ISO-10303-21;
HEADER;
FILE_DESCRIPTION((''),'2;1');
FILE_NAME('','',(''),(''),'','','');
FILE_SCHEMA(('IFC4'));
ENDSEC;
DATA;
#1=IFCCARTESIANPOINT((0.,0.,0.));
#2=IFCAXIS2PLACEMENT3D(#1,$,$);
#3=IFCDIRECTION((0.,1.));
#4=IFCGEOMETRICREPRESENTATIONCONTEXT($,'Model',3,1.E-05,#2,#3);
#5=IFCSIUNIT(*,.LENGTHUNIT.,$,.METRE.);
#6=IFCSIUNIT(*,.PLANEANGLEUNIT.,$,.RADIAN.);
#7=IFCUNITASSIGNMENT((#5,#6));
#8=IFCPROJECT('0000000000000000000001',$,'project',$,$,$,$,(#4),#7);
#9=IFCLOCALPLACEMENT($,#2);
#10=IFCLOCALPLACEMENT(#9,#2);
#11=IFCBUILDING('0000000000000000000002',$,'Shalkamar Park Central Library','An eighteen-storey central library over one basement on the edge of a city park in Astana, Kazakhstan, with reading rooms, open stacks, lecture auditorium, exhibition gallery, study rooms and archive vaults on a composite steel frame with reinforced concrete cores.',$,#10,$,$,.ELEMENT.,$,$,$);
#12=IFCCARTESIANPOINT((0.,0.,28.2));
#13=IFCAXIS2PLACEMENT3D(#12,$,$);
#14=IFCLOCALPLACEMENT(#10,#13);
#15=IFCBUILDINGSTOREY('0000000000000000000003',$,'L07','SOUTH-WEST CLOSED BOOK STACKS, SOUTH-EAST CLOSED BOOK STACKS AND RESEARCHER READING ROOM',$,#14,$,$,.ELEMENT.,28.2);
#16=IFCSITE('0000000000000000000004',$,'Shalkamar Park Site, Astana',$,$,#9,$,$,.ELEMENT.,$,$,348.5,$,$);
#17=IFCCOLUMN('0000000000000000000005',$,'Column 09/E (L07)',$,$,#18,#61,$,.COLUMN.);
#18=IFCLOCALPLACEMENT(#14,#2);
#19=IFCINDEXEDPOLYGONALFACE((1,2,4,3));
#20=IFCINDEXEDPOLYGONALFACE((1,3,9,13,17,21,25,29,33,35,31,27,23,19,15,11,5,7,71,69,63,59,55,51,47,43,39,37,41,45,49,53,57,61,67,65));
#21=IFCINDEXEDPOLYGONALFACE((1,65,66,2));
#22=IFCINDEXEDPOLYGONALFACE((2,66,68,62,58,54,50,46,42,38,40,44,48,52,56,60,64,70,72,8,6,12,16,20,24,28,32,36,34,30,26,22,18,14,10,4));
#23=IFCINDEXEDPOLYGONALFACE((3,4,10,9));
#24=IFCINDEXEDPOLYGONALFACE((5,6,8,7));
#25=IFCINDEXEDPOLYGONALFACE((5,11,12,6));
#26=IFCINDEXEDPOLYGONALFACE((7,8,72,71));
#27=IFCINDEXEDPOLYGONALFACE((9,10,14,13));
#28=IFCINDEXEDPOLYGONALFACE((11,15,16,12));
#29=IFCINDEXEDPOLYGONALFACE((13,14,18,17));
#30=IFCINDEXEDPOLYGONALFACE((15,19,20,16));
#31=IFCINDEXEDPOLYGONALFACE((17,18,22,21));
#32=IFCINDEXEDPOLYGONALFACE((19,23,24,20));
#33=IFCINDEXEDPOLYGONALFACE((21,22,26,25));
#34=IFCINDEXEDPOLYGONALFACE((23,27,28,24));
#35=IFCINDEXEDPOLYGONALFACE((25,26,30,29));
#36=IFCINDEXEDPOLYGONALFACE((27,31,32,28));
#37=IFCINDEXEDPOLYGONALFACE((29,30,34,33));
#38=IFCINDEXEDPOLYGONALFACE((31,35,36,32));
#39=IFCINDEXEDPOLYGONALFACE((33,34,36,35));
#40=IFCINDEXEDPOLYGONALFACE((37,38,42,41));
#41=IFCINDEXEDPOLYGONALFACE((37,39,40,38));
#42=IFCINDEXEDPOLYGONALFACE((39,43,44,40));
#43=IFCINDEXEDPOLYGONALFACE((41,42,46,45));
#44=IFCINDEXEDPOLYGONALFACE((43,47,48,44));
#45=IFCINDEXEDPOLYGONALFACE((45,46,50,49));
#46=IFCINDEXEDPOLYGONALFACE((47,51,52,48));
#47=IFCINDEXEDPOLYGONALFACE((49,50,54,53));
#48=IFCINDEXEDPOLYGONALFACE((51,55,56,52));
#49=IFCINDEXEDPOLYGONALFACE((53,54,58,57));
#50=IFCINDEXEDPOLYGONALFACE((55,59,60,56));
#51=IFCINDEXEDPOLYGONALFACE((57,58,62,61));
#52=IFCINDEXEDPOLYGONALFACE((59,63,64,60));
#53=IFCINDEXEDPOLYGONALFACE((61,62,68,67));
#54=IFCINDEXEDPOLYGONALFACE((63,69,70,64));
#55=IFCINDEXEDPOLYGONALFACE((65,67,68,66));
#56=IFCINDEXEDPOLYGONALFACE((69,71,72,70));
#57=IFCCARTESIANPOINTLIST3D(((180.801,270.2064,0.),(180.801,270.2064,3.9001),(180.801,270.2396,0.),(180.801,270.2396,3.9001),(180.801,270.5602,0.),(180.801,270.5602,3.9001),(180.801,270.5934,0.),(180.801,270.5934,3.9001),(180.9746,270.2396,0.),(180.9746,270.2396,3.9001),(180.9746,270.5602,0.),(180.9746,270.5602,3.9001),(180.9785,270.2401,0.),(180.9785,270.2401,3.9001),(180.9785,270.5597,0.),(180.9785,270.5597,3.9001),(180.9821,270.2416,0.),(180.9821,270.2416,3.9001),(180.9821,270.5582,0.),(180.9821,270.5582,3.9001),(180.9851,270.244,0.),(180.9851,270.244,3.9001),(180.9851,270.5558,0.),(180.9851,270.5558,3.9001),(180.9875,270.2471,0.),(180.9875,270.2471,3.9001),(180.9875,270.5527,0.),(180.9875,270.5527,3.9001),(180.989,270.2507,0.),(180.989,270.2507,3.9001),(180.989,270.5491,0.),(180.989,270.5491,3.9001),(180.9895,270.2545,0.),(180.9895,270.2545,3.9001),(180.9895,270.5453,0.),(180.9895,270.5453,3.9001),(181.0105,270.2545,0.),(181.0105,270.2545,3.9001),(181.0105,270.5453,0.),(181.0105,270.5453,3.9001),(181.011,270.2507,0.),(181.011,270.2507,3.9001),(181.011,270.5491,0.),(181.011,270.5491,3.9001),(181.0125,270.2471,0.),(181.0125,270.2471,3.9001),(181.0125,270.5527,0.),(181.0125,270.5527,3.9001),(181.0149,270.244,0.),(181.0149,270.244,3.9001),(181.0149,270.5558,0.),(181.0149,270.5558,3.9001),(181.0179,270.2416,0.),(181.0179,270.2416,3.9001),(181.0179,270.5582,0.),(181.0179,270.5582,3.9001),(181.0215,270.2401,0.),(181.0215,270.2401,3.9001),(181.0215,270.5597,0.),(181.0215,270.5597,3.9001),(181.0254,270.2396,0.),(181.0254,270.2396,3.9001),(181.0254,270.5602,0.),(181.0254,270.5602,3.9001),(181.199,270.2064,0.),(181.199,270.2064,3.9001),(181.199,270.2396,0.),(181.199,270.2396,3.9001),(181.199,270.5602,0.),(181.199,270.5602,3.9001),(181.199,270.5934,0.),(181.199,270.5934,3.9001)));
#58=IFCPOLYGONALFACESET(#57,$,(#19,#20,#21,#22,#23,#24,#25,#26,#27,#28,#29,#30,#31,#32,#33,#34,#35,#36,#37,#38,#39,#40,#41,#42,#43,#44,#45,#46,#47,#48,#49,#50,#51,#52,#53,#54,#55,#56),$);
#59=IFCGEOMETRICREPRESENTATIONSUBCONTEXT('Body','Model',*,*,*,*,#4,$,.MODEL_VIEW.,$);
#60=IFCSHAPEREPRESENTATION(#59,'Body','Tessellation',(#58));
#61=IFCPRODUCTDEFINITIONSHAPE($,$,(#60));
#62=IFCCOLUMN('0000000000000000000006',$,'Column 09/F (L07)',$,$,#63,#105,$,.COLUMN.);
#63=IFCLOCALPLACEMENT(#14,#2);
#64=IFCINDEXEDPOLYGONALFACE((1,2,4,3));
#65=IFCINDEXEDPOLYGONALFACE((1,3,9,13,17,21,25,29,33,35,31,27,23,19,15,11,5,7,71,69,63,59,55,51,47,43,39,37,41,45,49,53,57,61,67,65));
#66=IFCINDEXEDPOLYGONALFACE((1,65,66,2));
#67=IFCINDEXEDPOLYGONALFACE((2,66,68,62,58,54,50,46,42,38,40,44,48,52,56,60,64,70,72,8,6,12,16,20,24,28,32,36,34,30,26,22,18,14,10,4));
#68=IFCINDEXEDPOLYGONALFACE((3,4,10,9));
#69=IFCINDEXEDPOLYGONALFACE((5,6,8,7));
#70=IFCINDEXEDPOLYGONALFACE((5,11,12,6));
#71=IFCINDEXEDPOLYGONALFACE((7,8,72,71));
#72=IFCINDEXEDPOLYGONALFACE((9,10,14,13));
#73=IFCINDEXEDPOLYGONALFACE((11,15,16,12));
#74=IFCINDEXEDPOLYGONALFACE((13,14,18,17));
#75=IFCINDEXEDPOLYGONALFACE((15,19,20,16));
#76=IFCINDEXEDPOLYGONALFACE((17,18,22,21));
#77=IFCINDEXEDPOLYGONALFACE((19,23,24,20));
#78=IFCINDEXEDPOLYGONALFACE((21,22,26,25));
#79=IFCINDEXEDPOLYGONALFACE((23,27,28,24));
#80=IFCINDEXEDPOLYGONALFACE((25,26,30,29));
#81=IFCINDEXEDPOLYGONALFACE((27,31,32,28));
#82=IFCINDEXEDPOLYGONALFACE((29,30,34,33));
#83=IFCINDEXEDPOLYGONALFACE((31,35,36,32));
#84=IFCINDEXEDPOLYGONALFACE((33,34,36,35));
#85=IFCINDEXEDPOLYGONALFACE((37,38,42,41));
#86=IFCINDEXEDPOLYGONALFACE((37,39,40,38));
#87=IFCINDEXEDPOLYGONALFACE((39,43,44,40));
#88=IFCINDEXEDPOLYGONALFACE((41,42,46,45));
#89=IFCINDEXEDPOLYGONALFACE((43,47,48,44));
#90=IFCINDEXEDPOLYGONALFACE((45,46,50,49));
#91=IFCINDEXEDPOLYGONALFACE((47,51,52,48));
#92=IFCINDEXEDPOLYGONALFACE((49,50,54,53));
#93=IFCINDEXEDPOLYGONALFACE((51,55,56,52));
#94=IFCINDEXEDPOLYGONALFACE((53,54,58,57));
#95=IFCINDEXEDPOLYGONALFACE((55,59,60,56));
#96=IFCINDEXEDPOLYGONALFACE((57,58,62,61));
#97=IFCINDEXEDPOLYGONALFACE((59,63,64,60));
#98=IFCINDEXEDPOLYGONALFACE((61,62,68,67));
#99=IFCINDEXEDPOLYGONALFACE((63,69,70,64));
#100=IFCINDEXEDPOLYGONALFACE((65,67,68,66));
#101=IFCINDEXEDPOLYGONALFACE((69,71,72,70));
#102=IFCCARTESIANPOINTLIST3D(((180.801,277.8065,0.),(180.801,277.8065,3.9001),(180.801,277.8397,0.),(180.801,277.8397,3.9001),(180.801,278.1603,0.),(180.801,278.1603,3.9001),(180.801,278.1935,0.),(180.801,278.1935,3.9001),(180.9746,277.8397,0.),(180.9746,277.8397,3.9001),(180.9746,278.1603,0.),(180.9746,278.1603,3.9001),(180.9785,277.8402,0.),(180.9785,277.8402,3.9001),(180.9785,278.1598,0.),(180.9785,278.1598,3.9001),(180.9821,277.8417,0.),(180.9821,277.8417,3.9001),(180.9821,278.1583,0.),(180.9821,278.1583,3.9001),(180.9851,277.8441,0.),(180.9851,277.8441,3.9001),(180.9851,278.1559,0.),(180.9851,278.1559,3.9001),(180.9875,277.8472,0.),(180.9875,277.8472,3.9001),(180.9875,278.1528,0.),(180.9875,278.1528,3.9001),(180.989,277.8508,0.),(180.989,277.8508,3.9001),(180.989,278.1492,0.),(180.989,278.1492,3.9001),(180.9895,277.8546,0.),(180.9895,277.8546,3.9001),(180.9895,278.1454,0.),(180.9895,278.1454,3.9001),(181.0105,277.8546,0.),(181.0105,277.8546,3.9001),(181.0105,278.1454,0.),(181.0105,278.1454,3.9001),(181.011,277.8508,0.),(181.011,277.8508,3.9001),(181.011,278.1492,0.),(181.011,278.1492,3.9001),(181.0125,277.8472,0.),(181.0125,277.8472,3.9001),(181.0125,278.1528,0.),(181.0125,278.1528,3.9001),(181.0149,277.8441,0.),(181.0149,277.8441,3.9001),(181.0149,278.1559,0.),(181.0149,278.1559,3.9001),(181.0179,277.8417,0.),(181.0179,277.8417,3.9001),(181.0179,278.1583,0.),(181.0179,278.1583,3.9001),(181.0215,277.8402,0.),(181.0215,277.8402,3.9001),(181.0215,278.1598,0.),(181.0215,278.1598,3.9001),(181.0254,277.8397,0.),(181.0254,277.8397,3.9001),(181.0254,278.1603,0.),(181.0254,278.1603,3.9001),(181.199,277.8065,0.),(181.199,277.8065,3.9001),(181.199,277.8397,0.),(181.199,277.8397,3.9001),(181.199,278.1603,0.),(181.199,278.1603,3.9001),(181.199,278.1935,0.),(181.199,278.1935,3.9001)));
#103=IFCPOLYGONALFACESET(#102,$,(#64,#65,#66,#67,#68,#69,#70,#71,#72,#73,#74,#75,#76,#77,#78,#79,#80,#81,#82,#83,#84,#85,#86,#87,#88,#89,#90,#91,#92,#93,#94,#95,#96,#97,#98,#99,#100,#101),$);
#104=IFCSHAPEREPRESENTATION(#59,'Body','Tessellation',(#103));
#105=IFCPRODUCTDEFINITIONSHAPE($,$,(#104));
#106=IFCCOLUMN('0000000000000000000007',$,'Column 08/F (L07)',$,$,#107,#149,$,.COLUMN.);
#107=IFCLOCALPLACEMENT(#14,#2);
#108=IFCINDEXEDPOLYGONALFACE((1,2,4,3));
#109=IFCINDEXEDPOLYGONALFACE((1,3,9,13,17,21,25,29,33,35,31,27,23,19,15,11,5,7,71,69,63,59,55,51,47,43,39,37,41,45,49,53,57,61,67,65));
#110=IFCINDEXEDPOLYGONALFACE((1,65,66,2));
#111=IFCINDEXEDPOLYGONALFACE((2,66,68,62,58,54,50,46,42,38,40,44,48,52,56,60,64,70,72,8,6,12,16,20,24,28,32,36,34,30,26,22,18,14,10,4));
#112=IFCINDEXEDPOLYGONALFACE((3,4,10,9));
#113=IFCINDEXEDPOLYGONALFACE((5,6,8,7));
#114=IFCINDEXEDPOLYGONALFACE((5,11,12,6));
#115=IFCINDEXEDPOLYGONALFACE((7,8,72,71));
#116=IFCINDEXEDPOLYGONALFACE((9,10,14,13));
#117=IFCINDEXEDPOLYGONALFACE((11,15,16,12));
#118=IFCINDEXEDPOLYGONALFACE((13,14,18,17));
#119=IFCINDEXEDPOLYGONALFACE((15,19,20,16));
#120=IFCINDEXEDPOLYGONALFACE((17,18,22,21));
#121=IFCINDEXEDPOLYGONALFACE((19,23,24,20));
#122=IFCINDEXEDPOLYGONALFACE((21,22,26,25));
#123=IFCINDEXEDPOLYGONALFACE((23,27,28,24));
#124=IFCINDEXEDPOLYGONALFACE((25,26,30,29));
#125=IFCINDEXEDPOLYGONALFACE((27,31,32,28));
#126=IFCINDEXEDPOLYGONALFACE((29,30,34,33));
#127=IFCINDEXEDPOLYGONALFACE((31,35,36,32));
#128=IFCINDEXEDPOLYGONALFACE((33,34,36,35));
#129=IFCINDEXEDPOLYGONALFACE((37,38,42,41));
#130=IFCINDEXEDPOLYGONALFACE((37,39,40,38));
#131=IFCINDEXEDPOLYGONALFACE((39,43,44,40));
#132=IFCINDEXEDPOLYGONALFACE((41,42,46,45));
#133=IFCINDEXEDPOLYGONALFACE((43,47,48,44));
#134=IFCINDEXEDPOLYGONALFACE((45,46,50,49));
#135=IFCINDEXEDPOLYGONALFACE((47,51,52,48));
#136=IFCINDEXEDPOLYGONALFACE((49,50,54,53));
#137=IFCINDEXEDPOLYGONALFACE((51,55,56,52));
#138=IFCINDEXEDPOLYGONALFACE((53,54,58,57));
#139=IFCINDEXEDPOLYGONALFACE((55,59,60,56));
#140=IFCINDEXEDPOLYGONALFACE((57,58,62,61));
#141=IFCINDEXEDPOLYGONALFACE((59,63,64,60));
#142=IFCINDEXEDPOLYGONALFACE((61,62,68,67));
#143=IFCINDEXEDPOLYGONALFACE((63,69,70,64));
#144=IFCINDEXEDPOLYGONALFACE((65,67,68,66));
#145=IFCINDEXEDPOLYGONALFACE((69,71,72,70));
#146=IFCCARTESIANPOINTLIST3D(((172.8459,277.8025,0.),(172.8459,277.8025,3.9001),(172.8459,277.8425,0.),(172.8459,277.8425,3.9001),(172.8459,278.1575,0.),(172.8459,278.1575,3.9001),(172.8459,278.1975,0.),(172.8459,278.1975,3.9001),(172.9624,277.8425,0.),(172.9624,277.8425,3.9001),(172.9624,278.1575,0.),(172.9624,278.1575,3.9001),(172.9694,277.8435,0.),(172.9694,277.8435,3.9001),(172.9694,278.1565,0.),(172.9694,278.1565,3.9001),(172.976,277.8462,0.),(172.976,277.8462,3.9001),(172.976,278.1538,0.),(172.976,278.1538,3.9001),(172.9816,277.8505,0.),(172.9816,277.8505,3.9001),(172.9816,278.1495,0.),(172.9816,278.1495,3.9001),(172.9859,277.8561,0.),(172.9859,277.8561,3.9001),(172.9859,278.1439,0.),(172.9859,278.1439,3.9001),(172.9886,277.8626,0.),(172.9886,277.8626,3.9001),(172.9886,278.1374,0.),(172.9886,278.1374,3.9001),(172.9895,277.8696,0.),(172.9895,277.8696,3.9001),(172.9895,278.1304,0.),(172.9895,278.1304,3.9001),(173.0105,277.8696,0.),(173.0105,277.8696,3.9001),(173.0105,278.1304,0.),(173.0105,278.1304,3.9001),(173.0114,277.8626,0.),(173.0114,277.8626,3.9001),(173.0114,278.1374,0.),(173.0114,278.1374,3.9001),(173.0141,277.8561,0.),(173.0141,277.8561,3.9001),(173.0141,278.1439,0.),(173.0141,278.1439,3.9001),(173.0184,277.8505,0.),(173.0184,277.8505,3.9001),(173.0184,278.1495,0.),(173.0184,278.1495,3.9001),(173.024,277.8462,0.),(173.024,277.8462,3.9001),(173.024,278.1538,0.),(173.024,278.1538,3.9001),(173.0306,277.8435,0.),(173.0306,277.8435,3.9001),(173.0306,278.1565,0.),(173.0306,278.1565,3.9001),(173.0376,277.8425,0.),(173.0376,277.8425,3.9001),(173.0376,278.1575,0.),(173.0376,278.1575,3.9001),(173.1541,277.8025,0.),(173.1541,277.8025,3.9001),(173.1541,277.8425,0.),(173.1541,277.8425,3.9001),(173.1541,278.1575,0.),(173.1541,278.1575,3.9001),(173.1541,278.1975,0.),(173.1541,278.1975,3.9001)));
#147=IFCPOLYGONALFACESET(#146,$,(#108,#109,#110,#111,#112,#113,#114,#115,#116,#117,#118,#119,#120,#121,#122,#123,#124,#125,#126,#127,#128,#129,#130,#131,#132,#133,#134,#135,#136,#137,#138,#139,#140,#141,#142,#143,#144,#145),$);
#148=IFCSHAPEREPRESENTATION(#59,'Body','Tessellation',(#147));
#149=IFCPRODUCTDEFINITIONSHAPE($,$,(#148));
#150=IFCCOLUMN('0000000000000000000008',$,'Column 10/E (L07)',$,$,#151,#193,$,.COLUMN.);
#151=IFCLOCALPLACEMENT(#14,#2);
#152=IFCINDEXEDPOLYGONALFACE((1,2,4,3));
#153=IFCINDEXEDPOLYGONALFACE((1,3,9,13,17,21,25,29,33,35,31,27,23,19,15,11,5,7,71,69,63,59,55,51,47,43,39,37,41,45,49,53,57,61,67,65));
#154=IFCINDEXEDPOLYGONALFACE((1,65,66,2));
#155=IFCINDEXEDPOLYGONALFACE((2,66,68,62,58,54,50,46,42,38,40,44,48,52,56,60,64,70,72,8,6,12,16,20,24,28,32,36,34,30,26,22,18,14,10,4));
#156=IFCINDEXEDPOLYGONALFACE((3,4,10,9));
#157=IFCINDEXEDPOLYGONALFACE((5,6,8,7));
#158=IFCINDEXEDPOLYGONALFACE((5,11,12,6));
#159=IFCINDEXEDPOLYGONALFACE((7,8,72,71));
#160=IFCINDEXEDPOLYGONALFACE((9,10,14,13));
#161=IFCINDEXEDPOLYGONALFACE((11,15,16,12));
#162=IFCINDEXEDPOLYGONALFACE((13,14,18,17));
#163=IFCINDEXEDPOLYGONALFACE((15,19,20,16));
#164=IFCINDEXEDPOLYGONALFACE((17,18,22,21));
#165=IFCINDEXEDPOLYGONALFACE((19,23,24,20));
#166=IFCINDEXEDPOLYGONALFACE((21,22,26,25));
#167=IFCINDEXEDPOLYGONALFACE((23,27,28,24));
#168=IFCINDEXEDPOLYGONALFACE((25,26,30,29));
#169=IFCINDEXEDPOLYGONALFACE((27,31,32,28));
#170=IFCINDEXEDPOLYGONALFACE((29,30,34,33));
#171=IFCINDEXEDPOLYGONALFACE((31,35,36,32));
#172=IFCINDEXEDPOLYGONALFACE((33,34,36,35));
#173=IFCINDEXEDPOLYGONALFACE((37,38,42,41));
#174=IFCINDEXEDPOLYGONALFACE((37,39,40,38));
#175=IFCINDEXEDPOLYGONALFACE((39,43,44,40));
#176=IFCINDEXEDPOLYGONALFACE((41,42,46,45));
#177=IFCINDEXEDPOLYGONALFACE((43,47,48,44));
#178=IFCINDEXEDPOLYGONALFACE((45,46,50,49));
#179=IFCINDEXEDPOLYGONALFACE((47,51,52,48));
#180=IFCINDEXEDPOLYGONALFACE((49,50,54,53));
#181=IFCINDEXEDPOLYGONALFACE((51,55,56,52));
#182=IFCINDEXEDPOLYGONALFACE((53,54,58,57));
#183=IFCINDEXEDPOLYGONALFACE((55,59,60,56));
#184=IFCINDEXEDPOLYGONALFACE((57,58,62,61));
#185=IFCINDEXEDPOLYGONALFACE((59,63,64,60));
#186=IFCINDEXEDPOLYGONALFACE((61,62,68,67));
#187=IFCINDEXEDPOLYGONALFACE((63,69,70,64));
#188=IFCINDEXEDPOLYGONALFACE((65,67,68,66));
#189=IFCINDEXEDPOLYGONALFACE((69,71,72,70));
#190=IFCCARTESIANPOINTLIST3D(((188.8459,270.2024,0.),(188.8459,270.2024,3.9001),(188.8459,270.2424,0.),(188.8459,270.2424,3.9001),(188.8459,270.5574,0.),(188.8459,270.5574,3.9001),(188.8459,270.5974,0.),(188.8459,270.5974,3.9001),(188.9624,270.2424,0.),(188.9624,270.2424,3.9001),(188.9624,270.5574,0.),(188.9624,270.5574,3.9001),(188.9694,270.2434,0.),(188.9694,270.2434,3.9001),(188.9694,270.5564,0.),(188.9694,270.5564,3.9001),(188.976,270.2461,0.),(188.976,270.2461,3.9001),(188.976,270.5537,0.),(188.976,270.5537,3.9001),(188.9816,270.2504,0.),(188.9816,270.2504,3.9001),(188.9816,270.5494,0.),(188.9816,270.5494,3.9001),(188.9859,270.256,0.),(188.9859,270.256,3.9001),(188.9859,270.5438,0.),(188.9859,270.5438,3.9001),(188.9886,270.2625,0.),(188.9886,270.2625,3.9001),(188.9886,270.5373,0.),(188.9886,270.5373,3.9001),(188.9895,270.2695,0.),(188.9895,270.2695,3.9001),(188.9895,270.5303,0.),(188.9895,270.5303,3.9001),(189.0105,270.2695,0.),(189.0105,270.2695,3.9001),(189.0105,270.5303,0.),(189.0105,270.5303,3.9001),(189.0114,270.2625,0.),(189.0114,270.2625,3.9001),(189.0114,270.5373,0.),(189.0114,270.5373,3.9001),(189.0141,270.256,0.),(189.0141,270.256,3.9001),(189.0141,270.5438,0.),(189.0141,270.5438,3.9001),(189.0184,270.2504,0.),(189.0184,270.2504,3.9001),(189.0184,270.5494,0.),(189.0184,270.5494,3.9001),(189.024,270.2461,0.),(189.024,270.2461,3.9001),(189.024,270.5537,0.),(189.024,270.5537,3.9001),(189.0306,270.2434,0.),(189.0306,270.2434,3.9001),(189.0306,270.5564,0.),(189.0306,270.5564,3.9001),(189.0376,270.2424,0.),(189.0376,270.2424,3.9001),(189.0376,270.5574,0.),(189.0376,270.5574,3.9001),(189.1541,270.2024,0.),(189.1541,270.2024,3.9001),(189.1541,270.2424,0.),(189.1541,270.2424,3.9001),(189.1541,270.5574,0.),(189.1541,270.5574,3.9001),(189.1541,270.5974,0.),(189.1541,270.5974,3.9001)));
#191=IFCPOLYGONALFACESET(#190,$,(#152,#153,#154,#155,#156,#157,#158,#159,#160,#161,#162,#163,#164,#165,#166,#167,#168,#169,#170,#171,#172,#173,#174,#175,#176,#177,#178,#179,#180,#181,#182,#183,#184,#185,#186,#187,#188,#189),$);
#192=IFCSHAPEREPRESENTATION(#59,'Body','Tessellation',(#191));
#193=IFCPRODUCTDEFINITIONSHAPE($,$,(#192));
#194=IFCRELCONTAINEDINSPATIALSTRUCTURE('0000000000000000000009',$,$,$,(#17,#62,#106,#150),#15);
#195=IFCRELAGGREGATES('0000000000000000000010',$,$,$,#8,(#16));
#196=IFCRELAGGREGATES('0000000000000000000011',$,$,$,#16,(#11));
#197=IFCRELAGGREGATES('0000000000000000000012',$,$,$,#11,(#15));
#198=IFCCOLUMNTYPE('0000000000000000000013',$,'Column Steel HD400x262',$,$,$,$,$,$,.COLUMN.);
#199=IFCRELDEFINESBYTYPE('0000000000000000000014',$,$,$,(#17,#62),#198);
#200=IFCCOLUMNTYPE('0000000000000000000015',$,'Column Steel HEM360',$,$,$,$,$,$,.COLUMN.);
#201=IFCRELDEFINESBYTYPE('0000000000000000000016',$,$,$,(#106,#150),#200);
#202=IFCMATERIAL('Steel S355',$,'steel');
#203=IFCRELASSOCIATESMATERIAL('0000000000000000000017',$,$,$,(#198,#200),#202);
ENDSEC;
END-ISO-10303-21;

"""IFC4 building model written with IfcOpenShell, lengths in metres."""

from ifc_helpers import new_model, si_unit, direction, frame, origin, origin_2d, place, context, subcontext, project, spatial, i_section, extrude, material, material_profile, profile_set, type_object, element, save


model = new_model("IFC4")

# Units and contexts
model_context = context("Model", 3, precision=1e-05, world=origin(), true_north=direction((0.0, 1.0)))
body_context = subcontext(model_context, "Body", "Model", "MODEL_VIEW")
ifc_project = project(units=[si_unit("LENGTHUNIT", "METRE"), si_unit("PLANEANGLEUNIT", "RADIAN")], contexts=[model_context])

# Site, building, storey
site_placement = place(None, origin())
site = spatial("IfcSite", under=ifc_project, at=site_placement, Name="Shalkamar Park Site, Astana", CompositionType="ELEMENT", RefElevation=348.5)
building_placement = place(site_placement, origin())
building = spatial("IfcBuilding", under=site, at=building_placement, Name="Shalkamar Park Central Library", Description="An eighteen-storey central library over one basement on the edge of a city park in Astana, Kazakhstan, with reading rooms, open stacks, lecture auditorium, exhibition gallery, study rooms and archive vaults on a composite steel frame with reinforced concrete cores.", CompositionType="ELEMENT")
storey_placement = place(building_placement, frame((0.0, 0.0, 28.2)))
storey = spatial("IfcBuildingStorey", under=building, at=storey_placement, Name="L07", Description="SOUTH-WEST CLOSED BOOK STACKS, SOUTH-EAST CLOSED BOOK STACKS AND RESEARCHER READING ROOM", CompositionType="ELEMENT", Elevation=28.2)

# Columns
ifc_material = material(Name="Steel S355", Category="steel")
ifc_material_profile_1 = material_profile(ifc_material, i_section(OverallWidth=0.3979, OverallDepth=0.387, WebThickness=0.021, FlangeThickness=0.0332, FilletRadius=0.0149, at=origin_2d()), Name="HD 400x262")
ifc_profile_set_1 = profile_set([ifc_material_profile_1], Name="Steel S355")
column_type_1 = type_object("IfcColumnType", Name="Column Steel HD400x262", PredefinedType="COLUMN", material=ifc_profile_set_1)
for number, where, z_axis, x_axis, name in (
    (1, (181.0, 270.3999, 0.0), (0.0, 0.0, 1.0), (1.0, 0.0, 0.0), "Column 09/E (L07)"),
    (2, (181.0, 278.0, 0.0), (0.0, 0.0, 1.0), (1.0, 0.0, 0.0), "Column 09/F (L07)"),
):
    element("IfcColumn", number, at=place(storey_placement, frame(where, z_axis=z_axis, x_axis=x_axis)), inside=storey, type_object=column_type_1, Name=name, PredefinedType="COLUMN", context=body_context, shape_type="SweptSolid", body=[
        extrude(i_section(OverallWidth=0.3979, OverallDepth=0.387, WebThickness=0.021, FlangeThickness=0.0332, FilletRadius=0.0149, at=origin_2d()), origin(), (0.0, 0.0, 1.0), 3.9001),
    ])
ifc_material_profile_2 = material_profile(ifc_material, i_section(OverallWidth=0.3081, OverallDepth=0.395, WebThickness=0.021, FlangeThickness=0.04, FilletRadius=0.0271, at=origin_2d()), Name="HEM 360")
ifc_profile_set_2 = profile_set([ifc_material_profile_2], Name="Steel S355")
column_type_2 = type_object("IfcColumnType", Name="Column Steel HEM360", PredefinedType="COLUMN", material=ifc_profile_set_2)
for number, where, z_axis, x_axis, name in (
    (3, (173.0, 278.0, 0.0), (0.0, 0.0, 1.0), (1.0, 0.0, 0.0), "Column 08/F (L07)"),
    (4, (189.0, 270.3999, 0.0), (0.0, 0.0, 1.0), (1.0, 0.0, 0.0), "Column 10/E (L07)"),
):
    element("IfcColumn", number, at=place(storey_placement, frame(where, z_axis=z_axis, x_axis=x_axis)), inside=storey, type_object=column_type_2, Name=name, PredefinedType="COLUMN", context=body_context, shape_type="SweptSolid", body=[
        extrude(i_section(OverallWidth=0.3081, OverallDepth=0.395, WebThickness=0.021, FlangeThickness=0.04, FilletRadius=0.0271, at=origin_2d()), origin(), (0.0, 0.0, 1.0), 3.9001),
    ])

save(model, "model.ifc")
